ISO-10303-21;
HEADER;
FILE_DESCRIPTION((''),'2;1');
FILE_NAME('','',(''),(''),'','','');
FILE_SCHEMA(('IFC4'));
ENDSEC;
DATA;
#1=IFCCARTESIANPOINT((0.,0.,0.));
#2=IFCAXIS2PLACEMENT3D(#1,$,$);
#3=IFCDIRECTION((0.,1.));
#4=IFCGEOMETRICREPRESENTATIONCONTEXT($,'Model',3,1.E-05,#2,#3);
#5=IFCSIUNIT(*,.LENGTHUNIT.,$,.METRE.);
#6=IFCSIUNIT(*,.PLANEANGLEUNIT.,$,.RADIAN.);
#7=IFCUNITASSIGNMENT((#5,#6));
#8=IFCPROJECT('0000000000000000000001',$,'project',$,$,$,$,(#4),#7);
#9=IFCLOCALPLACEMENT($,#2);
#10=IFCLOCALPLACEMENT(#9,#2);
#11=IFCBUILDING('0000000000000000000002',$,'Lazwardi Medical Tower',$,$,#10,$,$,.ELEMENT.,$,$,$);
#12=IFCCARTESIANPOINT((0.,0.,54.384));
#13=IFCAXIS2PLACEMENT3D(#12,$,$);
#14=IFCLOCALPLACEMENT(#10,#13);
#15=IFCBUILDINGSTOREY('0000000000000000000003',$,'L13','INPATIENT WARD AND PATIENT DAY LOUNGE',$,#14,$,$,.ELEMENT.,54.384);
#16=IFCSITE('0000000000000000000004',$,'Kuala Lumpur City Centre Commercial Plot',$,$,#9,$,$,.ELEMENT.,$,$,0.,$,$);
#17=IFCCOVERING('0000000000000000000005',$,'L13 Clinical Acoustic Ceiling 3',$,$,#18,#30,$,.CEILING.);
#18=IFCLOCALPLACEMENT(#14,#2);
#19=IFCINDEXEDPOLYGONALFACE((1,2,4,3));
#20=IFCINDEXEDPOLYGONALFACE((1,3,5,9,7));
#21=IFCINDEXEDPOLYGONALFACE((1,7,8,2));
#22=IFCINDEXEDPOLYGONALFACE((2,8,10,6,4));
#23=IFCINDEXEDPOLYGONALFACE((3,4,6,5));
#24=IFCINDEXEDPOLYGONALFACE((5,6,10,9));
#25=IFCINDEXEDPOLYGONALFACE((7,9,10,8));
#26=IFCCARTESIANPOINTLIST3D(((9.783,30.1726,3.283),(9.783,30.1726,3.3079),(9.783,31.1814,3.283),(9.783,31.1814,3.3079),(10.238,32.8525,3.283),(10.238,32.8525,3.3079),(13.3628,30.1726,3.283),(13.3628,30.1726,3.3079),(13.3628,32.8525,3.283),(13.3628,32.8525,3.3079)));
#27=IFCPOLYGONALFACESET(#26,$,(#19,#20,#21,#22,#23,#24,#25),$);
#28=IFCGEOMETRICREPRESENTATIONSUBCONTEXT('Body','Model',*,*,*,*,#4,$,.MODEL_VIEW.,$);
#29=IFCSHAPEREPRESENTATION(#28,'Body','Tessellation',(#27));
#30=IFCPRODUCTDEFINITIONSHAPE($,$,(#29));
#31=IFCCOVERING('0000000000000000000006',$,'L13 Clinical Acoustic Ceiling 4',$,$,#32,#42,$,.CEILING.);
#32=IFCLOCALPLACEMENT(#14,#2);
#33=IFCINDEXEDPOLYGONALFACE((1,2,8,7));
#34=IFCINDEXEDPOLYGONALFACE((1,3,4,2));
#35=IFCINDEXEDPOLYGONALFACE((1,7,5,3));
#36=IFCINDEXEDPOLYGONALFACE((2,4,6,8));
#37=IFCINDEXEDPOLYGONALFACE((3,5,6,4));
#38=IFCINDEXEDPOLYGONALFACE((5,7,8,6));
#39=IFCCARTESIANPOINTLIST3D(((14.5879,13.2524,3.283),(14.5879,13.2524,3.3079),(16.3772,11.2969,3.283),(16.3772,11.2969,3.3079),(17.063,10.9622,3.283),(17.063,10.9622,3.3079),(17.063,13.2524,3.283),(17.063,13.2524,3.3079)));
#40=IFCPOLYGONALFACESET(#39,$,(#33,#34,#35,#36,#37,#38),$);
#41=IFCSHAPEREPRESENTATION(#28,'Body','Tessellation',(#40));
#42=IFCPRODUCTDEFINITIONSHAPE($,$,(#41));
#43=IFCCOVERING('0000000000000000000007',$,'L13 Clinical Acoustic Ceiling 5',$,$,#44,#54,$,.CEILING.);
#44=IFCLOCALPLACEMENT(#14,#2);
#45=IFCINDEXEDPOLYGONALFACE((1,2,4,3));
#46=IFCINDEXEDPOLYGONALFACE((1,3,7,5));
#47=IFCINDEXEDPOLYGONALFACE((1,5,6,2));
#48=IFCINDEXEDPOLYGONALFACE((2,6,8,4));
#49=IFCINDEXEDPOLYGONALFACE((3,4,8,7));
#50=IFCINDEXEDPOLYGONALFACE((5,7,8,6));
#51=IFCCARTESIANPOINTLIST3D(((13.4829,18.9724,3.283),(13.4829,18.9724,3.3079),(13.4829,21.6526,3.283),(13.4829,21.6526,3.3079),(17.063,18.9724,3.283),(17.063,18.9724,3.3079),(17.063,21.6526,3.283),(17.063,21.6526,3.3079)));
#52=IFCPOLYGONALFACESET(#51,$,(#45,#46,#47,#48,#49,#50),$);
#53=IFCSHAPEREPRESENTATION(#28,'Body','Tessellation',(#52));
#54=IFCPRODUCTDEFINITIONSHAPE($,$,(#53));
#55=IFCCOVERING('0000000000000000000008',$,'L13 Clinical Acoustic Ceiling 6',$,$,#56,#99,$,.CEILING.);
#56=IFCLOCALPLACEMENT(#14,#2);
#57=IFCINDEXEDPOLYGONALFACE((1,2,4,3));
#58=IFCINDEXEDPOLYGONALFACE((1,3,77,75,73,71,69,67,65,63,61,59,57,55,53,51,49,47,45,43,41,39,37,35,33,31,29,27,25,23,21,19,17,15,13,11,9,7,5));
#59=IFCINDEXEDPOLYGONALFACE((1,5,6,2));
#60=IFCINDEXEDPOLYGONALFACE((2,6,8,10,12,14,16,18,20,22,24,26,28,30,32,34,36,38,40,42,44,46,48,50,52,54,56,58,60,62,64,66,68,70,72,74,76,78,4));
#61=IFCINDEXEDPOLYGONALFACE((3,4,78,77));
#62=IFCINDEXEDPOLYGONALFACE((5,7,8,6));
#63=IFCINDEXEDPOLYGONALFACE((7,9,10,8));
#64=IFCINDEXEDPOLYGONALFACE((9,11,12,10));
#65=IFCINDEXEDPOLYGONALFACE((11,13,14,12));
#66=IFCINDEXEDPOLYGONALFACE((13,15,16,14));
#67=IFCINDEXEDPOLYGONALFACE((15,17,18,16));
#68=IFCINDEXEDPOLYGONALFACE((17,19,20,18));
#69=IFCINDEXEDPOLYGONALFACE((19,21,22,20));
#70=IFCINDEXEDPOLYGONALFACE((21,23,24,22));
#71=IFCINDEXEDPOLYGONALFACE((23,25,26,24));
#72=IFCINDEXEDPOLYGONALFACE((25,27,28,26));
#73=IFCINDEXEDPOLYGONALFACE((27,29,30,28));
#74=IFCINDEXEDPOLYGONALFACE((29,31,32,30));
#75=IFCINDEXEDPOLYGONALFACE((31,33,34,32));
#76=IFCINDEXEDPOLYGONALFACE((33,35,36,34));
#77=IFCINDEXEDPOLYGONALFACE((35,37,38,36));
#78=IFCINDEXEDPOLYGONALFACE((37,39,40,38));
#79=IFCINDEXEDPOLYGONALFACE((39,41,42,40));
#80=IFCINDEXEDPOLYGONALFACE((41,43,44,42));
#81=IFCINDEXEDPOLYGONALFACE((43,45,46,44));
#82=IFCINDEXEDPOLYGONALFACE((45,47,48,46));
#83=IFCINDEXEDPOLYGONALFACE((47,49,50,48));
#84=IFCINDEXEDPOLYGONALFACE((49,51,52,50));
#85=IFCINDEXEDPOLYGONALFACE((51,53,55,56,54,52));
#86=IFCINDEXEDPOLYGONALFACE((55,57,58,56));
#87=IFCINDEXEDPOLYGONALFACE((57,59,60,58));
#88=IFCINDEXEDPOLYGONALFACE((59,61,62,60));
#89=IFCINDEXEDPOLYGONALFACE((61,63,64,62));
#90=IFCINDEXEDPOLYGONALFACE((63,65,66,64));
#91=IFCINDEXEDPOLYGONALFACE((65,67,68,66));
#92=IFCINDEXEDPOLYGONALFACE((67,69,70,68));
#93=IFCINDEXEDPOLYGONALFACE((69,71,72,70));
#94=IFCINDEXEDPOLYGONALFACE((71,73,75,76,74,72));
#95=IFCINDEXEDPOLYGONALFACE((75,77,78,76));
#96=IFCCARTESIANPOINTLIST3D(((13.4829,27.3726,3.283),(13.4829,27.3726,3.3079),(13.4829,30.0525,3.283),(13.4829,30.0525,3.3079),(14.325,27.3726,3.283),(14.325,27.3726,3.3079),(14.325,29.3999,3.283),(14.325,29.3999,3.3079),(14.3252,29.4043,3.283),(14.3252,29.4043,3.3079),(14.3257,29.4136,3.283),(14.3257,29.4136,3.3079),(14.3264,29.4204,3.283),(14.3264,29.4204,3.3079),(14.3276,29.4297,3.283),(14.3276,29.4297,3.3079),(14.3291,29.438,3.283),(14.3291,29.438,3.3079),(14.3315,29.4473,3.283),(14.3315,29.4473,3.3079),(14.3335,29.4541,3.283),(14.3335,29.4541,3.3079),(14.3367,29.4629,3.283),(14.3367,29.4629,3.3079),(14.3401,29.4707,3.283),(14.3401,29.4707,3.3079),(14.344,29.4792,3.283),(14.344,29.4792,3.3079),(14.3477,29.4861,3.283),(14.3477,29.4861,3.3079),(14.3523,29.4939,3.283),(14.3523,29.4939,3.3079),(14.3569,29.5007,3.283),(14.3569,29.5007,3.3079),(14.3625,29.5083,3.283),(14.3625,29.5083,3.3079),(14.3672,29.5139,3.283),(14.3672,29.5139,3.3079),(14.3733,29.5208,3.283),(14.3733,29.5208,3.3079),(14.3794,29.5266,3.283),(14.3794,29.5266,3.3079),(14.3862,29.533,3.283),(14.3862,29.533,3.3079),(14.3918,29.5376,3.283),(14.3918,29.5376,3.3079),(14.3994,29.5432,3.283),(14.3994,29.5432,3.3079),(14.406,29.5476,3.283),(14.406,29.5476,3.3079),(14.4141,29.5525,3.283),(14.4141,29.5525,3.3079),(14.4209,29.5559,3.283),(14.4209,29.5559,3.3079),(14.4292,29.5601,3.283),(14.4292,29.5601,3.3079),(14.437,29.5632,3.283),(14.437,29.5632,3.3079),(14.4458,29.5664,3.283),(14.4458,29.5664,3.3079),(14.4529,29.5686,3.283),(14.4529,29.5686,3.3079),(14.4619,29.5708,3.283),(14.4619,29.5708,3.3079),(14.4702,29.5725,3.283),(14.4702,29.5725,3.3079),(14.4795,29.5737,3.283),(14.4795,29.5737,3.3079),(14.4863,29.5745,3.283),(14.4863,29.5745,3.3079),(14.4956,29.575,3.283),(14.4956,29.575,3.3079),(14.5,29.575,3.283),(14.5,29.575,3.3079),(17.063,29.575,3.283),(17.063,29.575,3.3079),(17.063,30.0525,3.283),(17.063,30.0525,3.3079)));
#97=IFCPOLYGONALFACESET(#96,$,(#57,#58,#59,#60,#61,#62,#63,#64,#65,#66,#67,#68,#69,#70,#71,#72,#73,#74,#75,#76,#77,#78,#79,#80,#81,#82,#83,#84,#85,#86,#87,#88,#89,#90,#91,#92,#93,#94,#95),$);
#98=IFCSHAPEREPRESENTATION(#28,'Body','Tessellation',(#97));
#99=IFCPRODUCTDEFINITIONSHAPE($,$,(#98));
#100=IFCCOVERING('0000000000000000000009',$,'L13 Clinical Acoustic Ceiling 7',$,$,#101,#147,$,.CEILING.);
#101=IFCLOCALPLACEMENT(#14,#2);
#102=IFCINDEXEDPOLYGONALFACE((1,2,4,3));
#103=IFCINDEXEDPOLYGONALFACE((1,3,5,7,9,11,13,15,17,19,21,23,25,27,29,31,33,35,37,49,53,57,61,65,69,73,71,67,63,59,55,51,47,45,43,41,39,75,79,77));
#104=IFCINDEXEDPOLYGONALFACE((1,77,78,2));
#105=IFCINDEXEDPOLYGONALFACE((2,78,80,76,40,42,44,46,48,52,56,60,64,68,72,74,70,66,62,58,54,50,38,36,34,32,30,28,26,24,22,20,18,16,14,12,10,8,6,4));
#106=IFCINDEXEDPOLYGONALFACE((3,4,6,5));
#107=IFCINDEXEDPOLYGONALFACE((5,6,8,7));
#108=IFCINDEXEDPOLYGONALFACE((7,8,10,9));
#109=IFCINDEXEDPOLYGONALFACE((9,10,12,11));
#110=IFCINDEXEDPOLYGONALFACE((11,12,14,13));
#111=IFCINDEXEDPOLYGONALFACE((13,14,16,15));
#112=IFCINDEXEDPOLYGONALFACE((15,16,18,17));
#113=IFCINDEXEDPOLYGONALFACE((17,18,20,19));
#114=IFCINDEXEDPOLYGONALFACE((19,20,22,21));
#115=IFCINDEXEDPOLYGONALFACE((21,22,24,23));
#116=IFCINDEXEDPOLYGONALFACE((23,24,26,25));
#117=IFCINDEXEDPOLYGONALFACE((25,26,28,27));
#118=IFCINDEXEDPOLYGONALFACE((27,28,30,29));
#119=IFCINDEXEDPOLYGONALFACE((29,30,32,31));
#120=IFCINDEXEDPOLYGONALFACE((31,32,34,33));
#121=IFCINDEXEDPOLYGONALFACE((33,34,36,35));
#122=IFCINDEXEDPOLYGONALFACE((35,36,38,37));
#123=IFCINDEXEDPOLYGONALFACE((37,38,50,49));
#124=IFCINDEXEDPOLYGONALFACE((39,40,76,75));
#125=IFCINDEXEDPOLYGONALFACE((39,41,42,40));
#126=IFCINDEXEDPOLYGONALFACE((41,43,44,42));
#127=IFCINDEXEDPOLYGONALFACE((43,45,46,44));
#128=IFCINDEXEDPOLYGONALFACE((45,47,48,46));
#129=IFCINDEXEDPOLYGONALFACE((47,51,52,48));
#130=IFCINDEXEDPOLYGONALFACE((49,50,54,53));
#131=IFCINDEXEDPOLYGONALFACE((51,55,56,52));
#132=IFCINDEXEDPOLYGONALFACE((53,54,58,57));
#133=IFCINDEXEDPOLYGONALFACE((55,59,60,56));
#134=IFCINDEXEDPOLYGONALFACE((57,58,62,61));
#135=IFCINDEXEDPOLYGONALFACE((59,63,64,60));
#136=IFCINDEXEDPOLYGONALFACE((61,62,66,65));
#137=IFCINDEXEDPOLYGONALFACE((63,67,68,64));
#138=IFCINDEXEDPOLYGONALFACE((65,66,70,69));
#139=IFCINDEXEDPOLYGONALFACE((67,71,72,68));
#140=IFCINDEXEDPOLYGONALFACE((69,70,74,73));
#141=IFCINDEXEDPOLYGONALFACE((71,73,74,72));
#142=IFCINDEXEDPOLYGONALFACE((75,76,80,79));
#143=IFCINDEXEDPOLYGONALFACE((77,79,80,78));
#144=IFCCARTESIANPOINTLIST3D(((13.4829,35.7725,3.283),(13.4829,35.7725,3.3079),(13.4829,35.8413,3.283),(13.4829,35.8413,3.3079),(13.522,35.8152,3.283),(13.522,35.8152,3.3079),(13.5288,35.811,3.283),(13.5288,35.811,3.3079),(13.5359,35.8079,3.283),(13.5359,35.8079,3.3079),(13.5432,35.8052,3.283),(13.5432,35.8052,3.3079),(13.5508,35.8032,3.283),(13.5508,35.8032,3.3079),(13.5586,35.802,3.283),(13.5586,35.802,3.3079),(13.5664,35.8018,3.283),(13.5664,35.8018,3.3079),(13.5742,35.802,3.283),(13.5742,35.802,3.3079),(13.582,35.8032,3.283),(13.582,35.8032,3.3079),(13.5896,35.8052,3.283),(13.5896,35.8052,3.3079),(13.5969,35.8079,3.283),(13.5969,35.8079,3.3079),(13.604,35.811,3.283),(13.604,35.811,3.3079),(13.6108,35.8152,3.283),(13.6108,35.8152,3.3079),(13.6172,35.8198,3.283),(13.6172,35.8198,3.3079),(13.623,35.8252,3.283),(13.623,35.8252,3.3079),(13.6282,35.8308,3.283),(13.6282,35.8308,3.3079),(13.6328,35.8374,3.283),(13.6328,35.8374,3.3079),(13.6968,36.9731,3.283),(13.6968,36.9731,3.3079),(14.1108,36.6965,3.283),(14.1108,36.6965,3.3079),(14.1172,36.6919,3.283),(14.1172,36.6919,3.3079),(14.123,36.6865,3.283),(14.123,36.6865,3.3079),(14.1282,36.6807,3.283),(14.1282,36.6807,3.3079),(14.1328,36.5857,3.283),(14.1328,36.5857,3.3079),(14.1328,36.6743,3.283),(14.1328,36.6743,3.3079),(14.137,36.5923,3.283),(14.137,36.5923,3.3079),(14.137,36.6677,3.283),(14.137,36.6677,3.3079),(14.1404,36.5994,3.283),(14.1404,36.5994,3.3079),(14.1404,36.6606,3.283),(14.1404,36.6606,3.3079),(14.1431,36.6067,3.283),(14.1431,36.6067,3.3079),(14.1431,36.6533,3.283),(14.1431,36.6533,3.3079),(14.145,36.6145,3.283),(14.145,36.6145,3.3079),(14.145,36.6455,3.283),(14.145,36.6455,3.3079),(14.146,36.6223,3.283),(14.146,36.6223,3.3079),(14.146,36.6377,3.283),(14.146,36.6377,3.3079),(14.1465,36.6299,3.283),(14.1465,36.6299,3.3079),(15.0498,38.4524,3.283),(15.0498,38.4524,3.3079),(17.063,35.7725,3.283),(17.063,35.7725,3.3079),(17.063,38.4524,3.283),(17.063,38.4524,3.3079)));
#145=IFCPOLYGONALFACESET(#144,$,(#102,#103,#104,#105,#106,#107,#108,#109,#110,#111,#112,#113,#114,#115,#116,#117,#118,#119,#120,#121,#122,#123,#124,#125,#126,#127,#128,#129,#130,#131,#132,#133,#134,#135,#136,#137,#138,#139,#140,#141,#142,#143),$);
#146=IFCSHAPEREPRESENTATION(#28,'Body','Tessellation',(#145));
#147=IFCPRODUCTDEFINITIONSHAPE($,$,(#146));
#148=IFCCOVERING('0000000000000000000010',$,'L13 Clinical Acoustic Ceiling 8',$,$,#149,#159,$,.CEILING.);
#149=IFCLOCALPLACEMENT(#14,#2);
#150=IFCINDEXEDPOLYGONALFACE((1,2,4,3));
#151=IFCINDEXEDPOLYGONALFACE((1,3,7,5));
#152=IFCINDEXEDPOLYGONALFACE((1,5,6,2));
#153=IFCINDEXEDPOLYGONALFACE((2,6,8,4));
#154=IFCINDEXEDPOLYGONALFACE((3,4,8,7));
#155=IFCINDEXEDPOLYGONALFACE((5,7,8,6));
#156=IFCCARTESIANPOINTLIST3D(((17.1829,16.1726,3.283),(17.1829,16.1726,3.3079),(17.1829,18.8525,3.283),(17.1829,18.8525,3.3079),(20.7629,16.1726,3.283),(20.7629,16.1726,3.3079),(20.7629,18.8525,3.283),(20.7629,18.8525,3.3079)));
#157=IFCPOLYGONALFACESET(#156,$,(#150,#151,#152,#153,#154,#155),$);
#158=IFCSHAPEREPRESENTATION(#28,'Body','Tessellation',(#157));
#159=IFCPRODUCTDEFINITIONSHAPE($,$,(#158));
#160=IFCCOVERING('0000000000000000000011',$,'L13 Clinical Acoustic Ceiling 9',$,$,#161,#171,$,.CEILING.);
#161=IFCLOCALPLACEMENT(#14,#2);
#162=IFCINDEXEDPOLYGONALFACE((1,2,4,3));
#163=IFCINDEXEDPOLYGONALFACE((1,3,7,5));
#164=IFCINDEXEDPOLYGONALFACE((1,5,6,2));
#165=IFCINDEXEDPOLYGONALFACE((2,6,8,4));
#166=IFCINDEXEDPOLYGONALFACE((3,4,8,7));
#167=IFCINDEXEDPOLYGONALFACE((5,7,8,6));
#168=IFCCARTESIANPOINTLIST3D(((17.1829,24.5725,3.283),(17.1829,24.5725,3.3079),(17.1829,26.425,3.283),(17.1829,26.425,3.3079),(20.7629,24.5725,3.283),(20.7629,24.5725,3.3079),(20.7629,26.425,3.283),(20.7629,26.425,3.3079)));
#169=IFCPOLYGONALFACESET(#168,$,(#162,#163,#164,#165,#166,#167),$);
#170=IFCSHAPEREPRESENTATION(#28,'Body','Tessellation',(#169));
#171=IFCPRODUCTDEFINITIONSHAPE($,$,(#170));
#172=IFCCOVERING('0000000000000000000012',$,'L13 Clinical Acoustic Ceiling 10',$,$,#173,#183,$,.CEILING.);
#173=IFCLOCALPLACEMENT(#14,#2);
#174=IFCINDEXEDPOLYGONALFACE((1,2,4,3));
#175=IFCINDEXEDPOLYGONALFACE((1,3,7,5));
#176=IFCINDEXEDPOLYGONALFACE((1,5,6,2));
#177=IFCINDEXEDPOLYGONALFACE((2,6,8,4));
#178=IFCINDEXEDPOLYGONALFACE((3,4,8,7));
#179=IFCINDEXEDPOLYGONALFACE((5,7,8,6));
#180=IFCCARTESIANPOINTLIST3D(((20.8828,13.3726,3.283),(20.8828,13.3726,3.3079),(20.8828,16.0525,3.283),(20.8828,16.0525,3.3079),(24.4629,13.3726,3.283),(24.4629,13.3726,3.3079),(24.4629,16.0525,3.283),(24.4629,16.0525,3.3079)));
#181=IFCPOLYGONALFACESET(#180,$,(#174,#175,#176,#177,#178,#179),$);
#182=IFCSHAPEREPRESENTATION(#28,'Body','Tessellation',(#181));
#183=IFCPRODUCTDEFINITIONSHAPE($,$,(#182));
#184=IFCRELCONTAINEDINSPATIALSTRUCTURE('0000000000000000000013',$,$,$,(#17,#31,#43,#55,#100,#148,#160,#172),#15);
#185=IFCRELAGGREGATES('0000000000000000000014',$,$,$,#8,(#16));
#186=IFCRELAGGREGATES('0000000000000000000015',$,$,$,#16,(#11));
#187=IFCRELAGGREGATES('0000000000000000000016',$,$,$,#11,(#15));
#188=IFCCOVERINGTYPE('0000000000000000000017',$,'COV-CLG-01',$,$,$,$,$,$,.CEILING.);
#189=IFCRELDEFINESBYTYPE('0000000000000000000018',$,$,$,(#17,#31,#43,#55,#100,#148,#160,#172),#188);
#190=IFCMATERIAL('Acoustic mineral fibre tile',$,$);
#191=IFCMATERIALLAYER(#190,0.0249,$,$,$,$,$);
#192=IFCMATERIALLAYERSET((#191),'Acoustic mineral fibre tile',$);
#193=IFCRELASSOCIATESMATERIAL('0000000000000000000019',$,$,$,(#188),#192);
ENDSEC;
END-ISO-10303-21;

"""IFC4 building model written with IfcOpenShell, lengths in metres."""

from ifc_helpers import new_model, si_unit, direction, frame, origin, place, context, subcontext, project, spatial, polyline, outline, extrude, material, layer, layer_set, type_object, element, save


model = new_model("IFC4")

# Units and contexts
model_context = context("Model", 3, precision=1e-05, world=origin(), true_north=direction((0.0, 1.0)))
body_context = subcontext(model_context, "Body", "Model", "MODEL_VIEW")
ifc_project = project(units=[si_unit("LENGTHUNIT", "METRE"), si_unit("PLANEANGLEUNIT", "RADIAN")], contexts=[model_context])

# Site, building, storey
site_placement = place(None, origin())
site = spatial("IfcSite", under=ifc_project, at=site_placement, Name="Kuala Lumpur City Centre Commercial Plot", CompositionType="ELEMENT", RefElevation=0.0)
building_placement = place(site_placement, origin())
building = spatial("IfcBuilding", under=site, at=building_placement, Name="Lazwardi Medical Tower", CompositionType="ELEMENT")
storey_placement = place(building_placement, frame((0.0, 0.0, 54.384)))
storey = spatial("IfcBuildingStorey", under=building, at=storey_placement, Name="L13", Description="INPATIENT WARD AND PATIENT DAY LOUNGE", CompositionType="ELEMENT", Elevation=54.384)

# Coverings
ifc_material_1 = material(Name="Acoustic mineral fibre tile")
ifc_layer_1 = layer(ifc_material_1, 0.0249)
ifc_layer_set_1 = layer_set([ifc_layer_1], Name="Acoustic mineral fibre tile")
covering_type_1 = type_object("IfcCoveringType", Name="COV-CLG-01", PredefinedType="CEILING", material=ifc_layer_set_1)
covering_1_placement = place(storey_placement, frame((0.0, 0.0, 3.283)))
element("IfcCovering", 1, at=covering_1_placement, inside=storey, type_object=covering_type_1, Name="L13 Clinical Acoustic Ceiling 3", PredefinedType="CEILING", context=body_context, shape_type="SweptSolid", body=[
    extrude(outline(polyline([(10.238, 32.8525), (9.783, 31.1814), (9.783, 30.1726), (13.3628, 30.1726), (13.3628, 32.8525), (10.238, 32.8525)])), origin(), (0.0, 0.0, 1.0), 0.0249),
])
covering_2_placement = place(storey_placement, frame((0.0, 0.0, 3.283)))
element("IfcCovering", 2, at=covering_2_placement, inside=storey, type_object=covering_type_1, Name="L13 Clinical Acoustic Ceiling 4", PredefinedType="CEILING", context=body_context, shape_type="SweptSolid", body=[
    extrude(outline(polyline([(14.5879, 13.2524), (16.3772, 11.2969), (17.063, 10.9622), (17.063, 13.2524), (14.5879, 13.2524)])), origin(), (0.0, 0.0, 1.0), 0.0249),
])
covering_3_placement = place(storey_placement, frame((0.0, 0.0, 3.283)))
element("IfcCovering", 3, at=covering_3_placement, inside=storey, type_object=covering_type_1, Name="L13 Clinical Acoustic Ceiling 5", PredefinedType="CEILING", context=body_context, shape_type="SweptSolid", body=[
    extrude(outline(polyline([(17.063, 18.9724), (17.063, 21.6526), (13.4829, 21.6526), (13.4829, 18.9724), (17.063, 18.9724)])), origin(), (0.0, 0.0, 1.0), 0.0249),
])
covering_4_placement = place(storey_placement, frame((0.0, 0.0, 3.283)))
element("IfcCovering", 4, at=covering_4_placement, inside=storey, type_object=covering_type_1, Name="L13 Clinical Acoustic Ceiling 6", PredefinedType="CEILING", context=body_context, shape_type="SweptSolid", body=[
    extrude(outline(polyline([(14.325, 27.3726), (14.325, 29.3999), (14.3252, 29.4043), (14.3257, 29.4136), (14.3264, 29.4204), (14.3276, 29.4297), (14.3291, 29.438), (14.3315, 29.4473), (14.3335, 29.4541), (14.3367, 29.4629), (14.3401, 29.4707), (14.344, 29.4792), (14.3477, 29.4861), (14.3523, 29.4939), (14.3569, 29.5007), (14.3625, 29.5083), (14.3672, 29.5139), (14.3733, 29.5208), (14.3794, 29.5266), (14.3862, 29.533), (14.3918, 29.5376), (14.3994, 29.5432), (14.406, 29.5476), (14.4141, 29.5525), (14.4209, 29.5559), (14.4292, 29.5601), (14.437, 29.5632), (14.4458, 29.5664), (14.4529, 29.5686), (14.4619, 29.5708), (14.4702, 29.5725), (14.4795, 29.5737), (14.4863, 29.5745), (14.4956, 29.575), (14.5, 29.575), (17.063, 29.575), (17.063, 30.0525), (13.4829, 30.0525), (13.4829, 27.3726), (14.325, 27.3726)])), origin(), (0.0, 0.0, 1.0), 0.0249),
])
covering_5_placement = place(storey_placement, frame((0.0, 0.0, 3.283)))
element("IfcCovering", 5, at=covering_5_placement, inside=storey, type_object=covering_type_1, Name="L13 Clinical Acoustic Ceiling 7", PredefinedType="CEILING", context=body_context, shape_type="SweptSolid", body=[
    extrude(outline(polyline([(15.0498, 38.4524), (13.6968, 36.9731), (14.1108, 36.6965), (14.1172, 36.6919), (14.123, 36.6865), (14.1282, 36.6807), (14.1328, 36.6743), (14.137, 36.6677), (14.1404, 36.6606), (14.1431, 36.6533), (14.145, 36.6455), (14.146, 36.6377), (14.1465, 36.6299), (14.146, 36.6223), (14.145, 36.6145), (14.1431, 36.6067), (14.1404, 36.5994), (14.137, 36.5923), (14.1328, 36.5857), (13.6328, 35.8374), (13.6282, 35.8308), (13.623, 35.8252), (13.6172, 35.8198), (13.6108, 35.8152), (13.604, 35.811), (13.5969, 35.8079), (13.5896, 35.8052), (13.582, 35.8032), (13.5742, 35.802), (13.5664, 35.8018), (13.5586, 35.802), (13.5508, 35.8032), (13.5432, 35.8052), (13.5359, 35.8079), (13.5288, 35.811), (13.522, 35.8152), (13.4829, 35.8413), (13.4829, 35.7725), (17.063, 35.7725), (17.063, 38.4524), (15.0498, 38.4524)])), origin(), (0.0, 0.0, 1.0), 0.0249),
])
covering_6_placement = place(storey_placement, frame((0.0, 0.0, 3.283)))
element("IfcCovering", 6, at=covering_6_placement, inside=storey, type_object=covering_type_1, Name="L13 Clinical Acoustic Ceiling 8", PredefinedType="CEILING", context=body_context, shape_type="SweptSolid", body=[
    extrude(outline(polyline([(20.7629, 16.1726), (20.7629, 18.8525), (17.1829, 18.8525), (17.1829, 16.1726), (20.7629, 16.1726)])), origin(), (0.0, 0.0, 1.0), 0.0249),
])
covering_7_placement = place(storey_placement, frame((0.0, 0.0, 3.283)))
element("IfcCovering", 7, at=covering_7_placement, inside=storey, type_object=covering_type_1, Name="L13 Clinical Acoustic Ceiling 9", PredefinedType="CEILING", context=body_context, shape_type="SweptSolid", body=[
    extrude(outline(polyline([(20.7629, 26.425), (17.1829, 26.425), (17.1829, 24.5725), (20.7629, 24.5725), (20.7629, 26.425)])), origin(), (0.0, 0.0, 1.0), 0.0249),
])
covering_8_placement = place(storey_placement, frame((0.0, 0.0, 3.283)))
element("IfcCovering", 8, at=covering_8_placement, inside=storey, type_object=covering_type_1, Name="L13 Clinical Acoustic Ceiling 10", PredefinedType="CEILING", context=body_context, shape_type="SweptSolid", body=[
    extrude(outline(polyline([(24.4629, 13.3726), (24.4629, 16.0525), (20.8828, 16.0525), (20.8828, 13.3726), (24.4629, 13.3726)])), origin(), (0.0, 0.0, 1.0), 0.0249),
])

save(model, "model.ifc")
